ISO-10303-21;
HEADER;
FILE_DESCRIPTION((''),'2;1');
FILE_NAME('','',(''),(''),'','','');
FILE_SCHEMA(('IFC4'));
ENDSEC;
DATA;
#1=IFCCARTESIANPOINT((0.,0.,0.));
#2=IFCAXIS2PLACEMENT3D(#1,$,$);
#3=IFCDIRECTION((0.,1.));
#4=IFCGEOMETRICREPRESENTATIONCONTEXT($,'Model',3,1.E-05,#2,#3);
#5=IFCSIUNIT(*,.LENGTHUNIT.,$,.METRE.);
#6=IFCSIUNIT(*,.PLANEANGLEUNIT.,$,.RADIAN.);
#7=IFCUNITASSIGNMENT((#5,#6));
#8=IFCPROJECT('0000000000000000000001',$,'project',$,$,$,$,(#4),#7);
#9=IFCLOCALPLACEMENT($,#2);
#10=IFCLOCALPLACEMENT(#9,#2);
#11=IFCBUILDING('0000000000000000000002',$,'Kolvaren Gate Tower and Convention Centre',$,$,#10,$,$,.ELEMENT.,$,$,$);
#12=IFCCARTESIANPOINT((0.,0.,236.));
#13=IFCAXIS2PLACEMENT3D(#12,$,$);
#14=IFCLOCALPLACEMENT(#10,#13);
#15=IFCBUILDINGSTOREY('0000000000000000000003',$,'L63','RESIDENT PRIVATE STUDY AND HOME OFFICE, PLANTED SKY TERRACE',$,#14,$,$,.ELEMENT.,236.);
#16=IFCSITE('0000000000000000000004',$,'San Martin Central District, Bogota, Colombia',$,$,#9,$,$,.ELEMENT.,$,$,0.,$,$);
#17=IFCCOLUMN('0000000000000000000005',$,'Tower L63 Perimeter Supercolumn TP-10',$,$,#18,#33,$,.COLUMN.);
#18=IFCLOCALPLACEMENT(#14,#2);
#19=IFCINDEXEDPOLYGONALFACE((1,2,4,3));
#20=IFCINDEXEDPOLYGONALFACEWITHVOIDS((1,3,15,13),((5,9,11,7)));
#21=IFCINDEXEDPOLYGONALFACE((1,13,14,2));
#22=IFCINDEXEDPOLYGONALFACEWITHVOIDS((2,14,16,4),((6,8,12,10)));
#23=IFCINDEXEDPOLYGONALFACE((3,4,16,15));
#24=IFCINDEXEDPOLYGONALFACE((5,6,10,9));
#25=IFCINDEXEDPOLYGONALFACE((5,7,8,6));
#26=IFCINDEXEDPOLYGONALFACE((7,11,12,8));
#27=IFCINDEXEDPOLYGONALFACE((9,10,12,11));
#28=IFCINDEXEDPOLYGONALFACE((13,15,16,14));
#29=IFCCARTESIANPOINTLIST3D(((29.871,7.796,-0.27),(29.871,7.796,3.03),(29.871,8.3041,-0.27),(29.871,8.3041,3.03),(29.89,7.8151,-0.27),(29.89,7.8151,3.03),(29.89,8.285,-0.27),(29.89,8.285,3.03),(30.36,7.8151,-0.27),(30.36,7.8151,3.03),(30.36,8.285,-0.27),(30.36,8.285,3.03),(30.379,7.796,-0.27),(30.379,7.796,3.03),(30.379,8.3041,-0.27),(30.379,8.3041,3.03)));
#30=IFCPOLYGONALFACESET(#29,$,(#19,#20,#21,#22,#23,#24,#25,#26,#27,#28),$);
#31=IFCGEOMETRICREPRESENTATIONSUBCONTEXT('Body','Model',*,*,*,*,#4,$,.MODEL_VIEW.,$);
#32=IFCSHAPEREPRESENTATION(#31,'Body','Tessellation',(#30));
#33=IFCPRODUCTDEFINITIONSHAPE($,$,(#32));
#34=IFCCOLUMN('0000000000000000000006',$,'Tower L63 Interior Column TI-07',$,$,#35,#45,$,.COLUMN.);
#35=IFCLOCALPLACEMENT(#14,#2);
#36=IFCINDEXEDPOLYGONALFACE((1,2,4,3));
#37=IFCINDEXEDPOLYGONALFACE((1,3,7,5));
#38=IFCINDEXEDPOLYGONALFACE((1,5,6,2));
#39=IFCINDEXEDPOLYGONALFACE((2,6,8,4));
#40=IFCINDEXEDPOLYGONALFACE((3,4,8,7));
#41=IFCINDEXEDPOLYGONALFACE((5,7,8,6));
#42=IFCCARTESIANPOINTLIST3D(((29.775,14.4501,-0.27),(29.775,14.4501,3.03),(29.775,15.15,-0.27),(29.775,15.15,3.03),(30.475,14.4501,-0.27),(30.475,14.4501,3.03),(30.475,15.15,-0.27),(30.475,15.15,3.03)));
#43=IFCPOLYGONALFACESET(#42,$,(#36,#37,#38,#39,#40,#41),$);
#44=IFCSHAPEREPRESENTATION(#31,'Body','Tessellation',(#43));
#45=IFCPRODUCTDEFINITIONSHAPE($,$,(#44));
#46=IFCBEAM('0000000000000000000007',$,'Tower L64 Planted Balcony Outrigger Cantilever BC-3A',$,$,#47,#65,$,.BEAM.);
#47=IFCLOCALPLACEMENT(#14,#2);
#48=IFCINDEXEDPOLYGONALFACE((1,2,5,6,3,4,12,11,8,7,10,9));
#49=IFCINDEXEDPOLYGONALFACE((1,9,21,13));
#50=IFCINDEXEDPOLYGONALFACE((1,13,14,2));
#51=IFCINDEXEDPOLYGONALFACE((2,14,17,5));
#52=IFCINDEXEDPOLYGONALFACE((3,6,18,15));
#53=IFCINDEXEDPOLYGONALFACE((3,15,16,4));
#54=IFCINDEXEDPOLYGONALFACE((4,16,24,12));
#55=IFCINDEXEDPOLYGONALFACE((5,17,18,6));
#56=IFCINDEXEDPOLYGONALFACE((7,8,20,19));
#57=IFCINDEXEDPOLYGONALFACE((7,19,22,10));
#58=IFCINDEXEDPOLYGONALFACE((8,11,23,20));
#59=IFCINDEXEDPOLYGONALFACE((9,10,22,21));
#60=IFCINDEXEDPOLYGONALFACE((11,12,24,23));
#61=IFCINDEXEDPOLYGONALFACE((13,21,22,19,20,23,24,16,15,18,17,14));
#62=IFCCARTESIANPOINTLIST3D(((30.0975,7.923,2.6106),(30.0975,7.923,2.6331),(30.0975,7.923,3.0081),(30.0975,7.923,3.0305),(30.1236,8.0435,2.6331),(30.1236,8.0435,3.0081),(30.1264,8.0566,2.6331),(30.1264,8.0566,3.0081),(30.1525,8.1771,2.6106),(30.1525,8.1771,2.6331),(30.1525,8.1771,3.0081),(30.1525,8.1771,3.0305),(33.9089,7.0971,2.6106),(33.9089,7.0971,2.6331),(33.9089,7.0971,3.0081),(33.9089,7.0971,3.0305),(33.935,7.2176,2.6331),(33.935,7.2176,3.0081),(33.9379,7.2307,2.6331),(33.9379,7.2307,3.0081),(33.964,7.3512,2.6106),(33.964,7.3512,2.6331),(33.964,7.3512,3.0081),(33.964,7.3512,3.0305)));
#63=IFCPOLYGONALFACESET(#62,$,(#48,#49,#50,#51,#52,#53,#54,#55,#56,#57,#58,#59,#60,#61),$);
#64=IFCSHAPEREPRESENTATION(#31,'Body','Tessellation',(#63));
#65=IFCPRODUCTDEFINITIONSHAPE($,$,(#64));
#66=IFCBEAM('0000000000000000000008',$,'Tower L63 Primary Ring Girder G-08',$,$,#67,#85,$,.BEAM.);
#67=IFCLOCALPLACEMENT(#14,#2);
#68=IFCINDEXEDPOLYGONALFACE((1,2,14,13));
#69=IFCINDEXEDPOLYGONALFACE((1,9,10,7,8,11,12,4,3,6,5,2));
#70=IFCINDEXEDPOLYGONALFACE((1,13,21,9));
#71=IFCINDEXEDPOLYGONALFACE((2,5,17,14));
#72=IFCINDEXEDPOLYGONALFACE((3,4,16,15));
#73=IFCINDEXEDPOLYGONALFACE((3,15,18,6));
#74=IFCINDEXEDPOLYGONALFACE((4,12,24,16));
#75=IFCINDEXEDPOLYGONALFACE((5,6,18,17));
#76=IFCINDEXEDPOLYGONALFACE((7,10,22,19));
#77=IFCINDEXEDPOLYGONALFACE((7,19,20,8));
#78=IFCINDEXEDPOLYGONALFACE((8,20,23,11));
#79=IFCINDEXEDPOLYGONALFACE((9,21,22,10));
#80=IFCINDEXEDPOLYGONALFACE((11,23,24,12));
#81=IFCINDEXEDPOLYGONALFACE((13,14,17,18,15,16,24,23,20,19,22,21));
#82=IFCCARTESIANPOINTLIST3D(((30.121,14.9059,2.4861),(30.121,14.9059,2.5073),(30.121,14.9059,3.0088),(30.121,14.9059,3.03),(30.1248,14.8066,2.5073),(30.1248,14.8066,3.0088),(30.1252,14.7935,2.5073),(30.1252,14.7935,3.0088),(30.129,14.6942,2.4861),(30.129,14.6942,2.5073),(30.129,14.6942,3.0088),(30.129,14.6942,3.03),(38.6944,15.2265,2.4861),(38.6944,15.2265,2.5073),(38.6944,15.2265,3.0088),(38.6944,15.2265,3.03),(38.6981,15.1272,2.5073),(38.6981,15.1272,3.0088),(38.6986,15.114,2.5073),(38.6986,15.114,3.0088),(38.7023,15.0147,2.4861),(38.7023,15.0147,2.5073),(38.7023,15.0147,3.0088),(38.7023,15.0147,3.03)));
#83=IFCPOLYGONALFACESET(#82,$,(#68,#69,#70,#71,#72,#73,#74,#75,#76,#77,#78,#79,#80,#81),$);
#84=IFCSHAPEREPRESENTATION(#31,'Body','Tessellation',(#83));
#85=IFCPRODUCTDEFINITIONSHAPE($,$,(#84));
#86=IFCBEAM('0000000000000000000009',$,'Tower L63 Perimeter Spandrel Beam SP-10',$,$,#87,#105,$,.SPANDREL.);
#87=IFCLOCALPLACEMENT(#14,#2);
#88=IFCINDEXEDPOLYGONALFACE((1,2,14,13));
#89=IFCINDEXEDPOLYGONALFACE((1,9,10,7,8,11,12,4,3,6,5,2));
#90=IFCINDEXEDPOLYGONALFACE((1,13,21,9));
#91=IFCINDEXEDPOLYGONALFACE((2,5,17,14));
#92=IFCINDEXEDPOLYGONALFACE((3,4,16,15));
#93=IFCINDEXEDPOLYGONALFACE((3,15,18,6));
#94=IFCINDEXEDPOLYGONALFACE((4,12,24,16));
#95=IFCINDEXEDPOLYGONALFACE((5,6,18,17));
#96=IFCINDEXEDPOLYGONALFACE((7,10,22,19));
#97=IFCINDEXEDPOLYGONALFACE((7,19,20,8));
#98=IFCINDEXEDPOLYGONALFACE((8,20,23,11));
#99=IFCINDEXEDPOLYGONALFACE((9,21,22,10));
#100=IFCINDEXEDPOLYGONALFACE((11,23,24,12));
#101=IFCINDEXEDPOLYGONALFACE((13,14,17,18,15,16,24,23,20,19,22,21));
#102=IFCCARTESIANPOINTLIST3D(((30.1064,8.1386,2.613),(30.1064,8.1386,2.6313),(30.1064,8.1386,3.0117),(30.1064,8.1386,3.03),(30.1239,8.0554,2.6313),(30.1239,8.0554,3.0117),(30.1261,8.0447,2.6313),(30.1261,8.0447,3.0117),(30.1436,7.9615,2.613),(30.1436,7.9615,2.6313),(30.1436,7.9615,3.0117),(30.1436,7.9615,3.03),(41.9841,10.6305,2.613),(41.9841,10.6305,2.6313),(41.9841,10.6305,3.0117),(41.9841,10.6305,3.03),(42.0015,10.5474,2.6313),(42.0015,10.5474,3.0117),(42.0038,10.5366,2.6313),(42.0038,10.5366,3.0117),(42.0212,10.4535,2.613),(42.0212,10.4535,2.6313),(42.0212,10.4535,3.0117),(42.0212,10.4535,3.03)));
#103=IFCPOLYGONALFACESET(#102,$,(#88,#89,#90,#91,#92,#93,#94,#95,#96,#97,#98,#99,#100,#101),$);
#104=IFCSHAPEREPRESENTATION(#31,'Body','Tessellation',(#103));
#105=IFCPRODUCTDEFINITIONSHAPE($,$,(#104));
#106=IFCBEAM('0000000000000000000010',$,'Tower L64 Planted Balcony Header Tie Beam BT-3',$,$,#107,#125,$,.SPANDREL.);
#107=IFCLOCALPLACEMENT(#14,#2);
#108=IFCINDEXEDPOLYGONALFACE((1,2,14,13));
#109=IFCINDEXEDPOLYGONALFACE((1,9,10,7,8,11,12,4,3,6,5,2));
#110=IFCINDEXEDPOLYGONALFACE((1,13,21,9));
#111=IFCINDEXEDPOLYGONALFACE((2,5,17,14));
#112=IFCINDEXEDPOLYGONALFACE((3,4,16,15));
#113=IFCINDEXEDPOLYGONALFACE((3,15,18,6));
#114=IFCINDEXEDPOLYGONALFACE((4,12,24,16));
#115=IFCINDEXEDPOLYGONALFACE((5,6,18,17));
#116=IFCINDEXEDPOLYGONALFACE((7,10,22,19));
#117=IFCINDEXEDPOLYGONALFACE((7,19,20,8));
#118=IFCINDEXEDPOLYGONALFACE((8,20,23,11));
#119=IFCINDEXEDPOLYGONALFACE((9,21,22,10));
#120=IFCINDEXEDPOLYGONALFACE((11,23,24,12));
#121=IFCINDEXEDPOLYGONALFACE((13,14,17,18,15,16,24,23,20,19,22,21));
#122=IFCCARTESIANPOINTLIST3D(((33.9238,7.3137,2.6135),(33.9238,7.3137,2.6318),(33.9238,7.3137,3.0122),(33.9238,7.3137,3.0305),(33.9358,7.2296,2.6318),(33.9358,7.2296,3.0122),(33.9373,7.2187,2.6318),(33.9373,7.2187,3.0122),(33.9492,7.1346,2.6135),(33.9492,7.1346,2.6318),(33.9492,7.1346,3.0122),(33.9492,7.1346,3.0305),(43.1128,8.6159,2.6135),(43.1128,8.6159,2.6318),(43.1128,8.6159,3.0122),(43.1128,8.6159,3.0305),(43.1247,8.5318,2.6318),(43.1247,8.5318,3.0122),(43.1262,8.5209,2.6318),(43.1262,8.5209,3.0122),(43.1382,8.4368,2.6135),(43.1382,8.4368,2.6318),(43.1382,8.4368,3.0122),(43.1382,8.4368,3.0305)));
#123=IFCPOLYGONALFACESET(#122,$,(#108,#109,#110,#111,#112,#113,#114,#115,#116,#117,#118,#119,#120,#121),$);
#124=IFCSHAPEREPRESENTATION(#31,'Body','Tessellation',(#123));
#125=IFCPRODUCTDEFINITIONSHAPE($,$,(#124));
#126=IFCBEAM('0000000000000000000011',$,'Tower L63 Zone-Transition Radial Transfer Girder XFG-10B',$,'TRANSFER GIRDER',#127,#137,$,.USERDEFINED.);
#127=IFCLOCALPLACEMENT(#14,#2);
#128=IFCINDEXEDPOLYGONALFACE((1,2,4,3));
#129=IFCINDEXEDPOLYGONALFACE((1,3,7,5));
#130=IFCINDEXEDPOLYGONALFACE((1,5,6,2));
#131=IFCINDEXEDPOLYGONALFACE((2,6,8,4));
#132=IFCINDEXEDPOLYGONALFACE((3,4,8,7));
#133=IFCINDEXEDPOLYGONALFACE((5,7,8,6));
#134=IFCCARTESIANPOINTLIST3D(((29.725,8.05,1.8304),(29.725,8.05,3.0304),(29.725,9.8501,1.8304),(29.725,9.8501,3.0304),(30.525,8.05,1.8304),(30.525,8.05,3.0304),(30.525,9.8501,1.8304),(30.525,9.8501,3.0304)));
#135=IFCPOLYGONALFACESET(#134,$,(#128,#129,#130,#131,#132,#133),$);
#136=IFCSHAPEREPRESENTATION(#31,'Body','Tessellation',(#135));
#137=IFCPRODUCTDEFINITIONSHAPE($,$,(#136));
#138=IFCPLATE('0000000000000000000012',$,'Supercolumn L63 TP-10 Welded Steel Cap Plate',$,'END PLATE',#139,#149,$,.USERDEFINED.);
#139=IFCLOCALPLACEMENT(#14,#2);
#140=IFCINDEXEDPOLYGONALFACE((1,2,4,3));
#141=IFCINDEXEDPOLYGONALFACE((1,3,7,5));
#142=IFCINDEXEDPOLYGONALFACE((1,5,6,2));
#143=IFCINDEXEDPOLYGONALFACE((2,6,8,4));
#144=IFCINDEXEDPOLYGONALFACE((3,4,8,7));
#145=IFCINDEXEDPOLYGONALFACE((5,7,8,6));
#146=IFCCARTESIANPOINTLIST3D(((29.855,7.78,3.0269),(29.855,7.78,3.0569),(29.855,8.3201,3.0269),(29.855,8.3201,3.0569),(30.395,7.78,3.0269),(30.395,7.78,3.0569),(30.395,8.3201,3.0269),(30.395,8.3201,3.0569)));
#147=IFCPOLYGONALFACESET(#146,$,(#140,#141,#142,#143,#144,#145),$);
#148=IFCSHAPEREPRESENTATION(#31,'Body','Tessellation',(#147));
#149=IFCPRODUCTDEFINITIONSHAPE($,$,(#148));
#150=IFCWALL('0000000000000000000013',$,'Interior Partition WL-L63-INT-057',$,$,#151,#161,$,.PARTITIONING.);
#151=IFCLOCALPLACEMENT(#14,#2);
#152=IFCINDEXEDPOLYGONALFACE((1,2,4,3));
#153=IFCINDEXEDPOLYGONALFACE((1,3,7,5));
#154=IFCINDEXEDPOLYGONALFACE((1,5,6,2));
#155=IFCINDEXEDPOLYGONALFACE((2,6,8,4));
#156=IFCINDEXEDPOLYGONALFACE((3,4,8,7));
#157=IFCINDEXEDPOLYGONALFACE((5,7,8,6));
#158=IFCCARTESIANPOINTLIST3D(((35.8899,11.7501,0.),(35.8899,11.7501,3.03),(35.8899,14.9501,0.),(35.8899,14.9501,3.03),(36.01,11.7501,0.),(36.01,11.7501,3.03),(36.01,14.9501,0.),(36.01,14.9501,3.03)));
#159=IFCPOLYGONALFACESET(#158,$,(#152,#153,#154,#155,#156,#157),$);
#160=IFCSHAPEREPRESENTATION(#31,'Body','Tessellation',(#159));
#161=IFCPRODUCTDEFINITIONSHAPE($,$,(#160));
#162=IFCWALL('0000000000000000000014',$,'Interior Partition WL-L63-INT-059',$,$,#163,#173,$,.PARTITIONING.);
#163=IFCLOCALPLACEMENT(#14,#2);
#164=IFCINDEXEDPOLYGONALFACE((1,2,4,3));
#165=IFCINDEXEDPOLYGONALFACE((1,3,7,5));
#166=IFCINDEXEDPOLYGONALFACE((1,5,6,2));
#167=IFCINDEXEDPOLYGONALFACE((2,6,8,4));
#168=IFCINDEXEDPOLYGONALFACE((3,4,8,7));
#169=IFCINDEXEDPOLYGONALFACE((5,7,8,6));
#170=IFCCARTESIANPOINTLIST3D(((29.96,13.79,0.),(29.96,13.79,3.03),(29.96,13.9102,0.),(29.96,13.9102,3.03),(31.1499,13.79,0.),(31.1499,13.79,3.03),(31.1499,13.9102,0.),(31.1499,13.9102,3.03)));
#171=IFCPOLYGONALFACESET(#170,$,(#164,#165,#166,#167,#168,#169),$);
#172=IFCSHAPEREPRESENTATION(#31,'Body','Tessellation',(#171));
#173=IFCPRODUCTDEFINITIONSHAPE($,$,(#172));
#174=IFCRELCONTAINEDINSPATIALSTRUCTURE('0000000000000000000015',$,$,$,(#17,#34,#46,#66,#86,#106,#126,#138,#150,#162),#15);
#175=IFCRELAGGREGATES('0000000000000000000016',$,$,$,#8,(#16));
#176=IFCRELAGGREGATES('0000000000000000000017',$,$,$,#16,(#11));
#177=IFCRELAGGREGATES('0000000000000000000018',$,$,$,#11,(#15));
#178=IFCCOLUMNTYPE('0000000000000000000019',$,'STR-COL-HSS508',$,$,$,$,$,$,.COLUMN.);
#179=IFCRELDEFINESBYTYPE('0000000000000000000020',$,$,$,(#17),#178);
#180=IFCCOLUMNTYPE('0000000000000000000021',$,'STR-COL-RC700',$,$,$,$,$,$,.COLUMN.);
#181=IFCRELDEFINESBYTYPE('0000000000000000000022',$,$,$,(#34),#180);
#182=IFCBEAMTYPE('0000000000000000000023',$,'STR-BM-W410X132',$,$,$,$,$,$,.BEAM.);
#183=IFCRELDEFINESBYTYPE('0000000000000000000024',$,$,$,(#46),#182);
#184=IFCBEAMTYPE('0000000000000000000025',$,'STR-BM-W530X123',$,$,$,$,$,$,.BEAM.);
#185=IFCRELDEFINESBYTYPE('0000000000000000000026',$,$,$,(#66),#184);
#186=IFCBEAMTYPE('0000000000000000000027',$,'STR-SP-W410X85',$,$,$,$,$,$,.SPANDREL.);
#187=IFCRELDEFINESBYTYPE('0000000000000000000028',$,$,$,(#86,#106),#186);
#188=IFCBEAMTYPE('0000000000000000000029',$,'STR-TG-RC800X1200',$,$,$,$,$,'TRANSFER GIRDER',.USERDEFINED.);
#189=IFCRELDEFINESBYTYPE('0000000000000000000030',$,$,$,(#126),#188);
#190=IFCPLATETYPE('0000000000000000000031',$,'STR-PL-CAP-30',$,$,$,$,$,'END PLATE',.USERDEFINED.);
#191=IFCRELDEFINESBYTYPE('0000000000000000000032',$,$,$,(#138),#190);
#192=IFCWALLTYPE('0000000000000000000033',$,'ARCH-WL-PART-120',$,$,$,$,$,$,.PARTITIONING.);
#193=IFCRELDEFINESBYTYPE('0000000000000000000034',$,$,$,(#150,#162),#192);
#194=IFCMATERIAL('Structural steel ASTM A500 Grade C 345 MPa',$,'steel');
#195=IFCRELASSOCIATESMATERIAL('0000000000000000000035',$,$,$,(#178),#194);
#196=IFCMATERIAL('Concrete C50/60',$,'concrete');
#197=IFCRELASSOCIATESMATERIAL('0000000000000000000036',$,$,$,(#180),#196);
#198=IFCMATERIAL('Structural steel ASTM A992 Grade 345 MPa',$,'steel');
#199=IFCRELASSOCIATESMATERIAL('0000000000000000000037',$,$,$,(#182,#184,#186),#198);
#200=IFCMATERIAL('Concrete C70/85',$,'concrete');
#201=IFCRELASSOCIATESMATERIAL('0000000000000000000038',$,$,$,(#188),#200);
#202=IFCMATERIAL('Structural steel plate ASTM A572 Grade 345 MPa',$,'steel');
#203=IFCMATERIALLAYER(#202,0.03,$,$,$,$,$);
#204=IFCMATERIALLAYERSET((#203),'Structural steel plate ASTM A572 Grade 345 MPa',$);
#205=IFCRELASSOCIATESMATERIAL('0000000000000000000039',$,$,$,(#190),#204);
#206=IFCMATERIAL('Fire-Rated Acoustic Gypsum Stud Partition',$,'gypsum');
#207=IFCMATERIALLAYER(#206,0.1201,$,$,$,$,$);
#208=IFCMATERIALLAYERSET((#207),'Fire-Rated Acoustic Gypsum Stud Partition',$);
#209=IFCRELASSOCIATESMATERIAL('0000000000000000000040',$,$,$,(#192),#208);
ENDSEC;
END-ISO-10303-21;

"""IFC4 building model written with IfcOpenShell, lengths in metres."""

from ifc_helpers import new_model, si_unit, direction, frame, frame_2d, origin, origin_2d, place, context, subcontext, project, spatial, rectangle, hollow_rectangle, i_section, extrude, material, layer, layer_set, material_profile, profile_set, type_object, element, save


model = new_model("IFC4")

# Units and contexts
model_context = context("Model", 3, precision=1e-05, world=origin(), true_north=direction((0.0, 1.0)))
body_context = subcontext(model_context, "Body", "Model", "MODEL_VIEW")
ifc_project = project(units=[si_unit("LENGTHUNIT", "METRE"), si_unit("PLANEANGLEUNIT", "RADIAN")], contexts=[model_context])

# Site, building, storey
site_placement = place(None, origin())
site = spatial("IfcSite", under=ifc_project, at=site_placement, Name="San Martin Central District, Bogota, Colombia", CompositionType="ELEMENT", RefElevation=0.0)
building_placement = place(site_placement, origin())
building = spatial("IfcBuilding", under=site, at=building_placement, Name="Kolvaren Gate Tower and Convention Centre", CompositionType="ELEMENT")
storey_placement = place(building_placement, frame((0.0, 0.0, 236.0)))
storey = spatial("IfcBuildingStorey", under=building, at=storey_placement, Name="L63", Description="RESIDENT PRIVATE STUDY AND HOME OFFICE, PLANTED SKY TERRACE", CompositionType="ELEMENT", Elevation=236.0)

# Columns
ifc_material_1 = material(Name="Structural steel ASTM A500 Grade C 345 MPa", Category="steel")
ifc_material_profile_1 = material_profile(ifc_material_1, hollow_rectangle(XDim=0.5081, YDim=0.5081, WallThickness=0.019, at=origin_2d()), Name="HSS508X508X19.1")
ifc_profile_set_1 = profile_set([ifc_material_profile_1], Name="Structural steel ASTM A500 Grade C 345 MPa")
column_type_1 = type_object("IfcColumnType", Name="STR-COL-HSS508", PredefinedType="COLUMN", material=ifc_profile_set_1)
column_1_placement = place(storey_placement, frame((30.125, 8.05, -0.27), z_axis=(0.0, 0.0, 1.0), x_axis=(1.0, 0.0, 0.0)))
element("IfcColumn", 1, at=column_1_placement, inside=storey, type_object=column_type_1, Name="Tower L63 Perimeter Supercolumn TP-10", PredefinedType="COLUMN", context=body_context, shape_type="SweptSolid", body=[
    extrude(hollow_rectangle(XDim=0.5081, YDim=0.5081, WallThickness=0.019, at=origin_2d()), origin(), (0.0, 0.0, 1.0), 3.3),
])
ifc_material_2 = material(Name="Concrete C50/60", Category="concrete")
ifc_material_profile_2 = material_profile(ifc_material_2, rectangle(XDim=0.7, YDim=0.7, at=origin_2d()), Name="RC-COL-700X700")
ifc_profile_set_2 = profile_set([ifc_material_profile_2], Name="Concrete C50/60")
column_type_2 = type_object("IfcColumnType", Name="STR-COL-RC700", PredefinedType="COLUMN", material=ifc_profile_set_2)
column_2_placement = place(storey_placement, frame((30.125, 14.8, -0.27), z_axis=(0.0, 0.0, 1.0), x_axis=(1.0, 0.0, 0.0)))
element("IfcColumn", 2, at=column_2_placement, inside=storey, type_object=column_type_2, Name="Tower L63 Interior Column TI-07", PredefinedType="COLUMN", context=body_context, shape_type="SweptSolid", body=[
    extrude(rectangle(XDim=0.7, YDim=0.7, at=origin_2d()), origin(), (0.0, 0.0, 1.0), 3.3),
])

# Beams
ifc_material_3 = material(Name="Structural steel ASTM A992 Grade 345 MPa", Category="steel")
ifc_material_profile_3 = material_profile(ifc_material_3, i_section(OverallWidth=0.26, OverallDepth=0.4199, WebThickness=0.0134, FlangeThickness=0.0225, at=origin_2d()), Name="W410X132")
ifc_profile_set_3 = profile_set([ifc_material_profile_3], Name="Structural steel ASTM A992 Grade 345 MPa")
beam_type_1 = type_object("IfcBeamType", Name="STR-BM-W410X132", PredefinedType="BEAM", material=ifc_profile_set_3)
beam_1_placement = place(storey_placement, frame((30.125, 8.05, 2.8206), z_axis=(0.977318, -0.211777, 0.0), x_axis=(0.211777, 0.977318, 0.0)))
element("IfcBeam", 3, at=beam_1_placement, inside=storey, type_object=beam_type_1, Name="Tower L64 Planted Balcony Outrigger Cantilever BC-3A", PredefinedType="BEAM", context=body_context, shape_type="SweptSolid", body=[
    extrude(i_section(OverallWidth=0.26, OverallDepth=0.4199, WebThickness=0.0134, FlangeThickness=0.0225, at=origin_2d()), origin(), (0.0, 0.0, 1.0), 3.8999),
])
ifc_material_profile_4 = material_profile(ifc_material_3, i_section(OverallWidth=0.2119, OverallDepth=0.5439, WebThickness=0.0132, FlangeThickness=0.0212, at=origin_2d()), Name="W530X123")
ifc_profile_set_4 = profile_set([ifc_material_profile_4], Name="Structural steel ASTM A992 Grade 345 MPa")
beam_type_2 = type_object("IfcBeamType", Name="STR-BM-W530X123", PredefinedType="BEAM", material=ifc_profile_set_4)
beam_2_placement = place(storey_placement, frame((30.125, 14.8, 2.7581), z_axis=(0.999302, 0.037364, 0.0), x_axis=(-0.037364, 0.999302, 0.0)))
element("IfcBeam", 4, at=beam_2_placement, inside=storey, type_object=beam_type_2, Name="Tower L63 Primary Ring Girder G-08", PredefinedType="BEAM", context=body_context, shape_type="SweptSolid", body=[
    extrude(i_section(OverallWidth=0.2119, OverallDepth=0.5439, WebThickness=0.0132, FlangeThickness=0.0212, at=origin_2d()), origin(), (0.0, 0.0, 1.0), 8.5793),
])
ifc_material_profile_5 = material_profile(ifc_material_3, i_section(OverallWidth=0.1809, OverallDepth=0.417, WebThickness=0.011, FlangeThickness=0.0183, at=origin_2d()), Name="W410X85")
ifc_profile_set_5 = profile_set([ifc_material_profile_5], Name="Structural steel ASTM A992 Grade 345 MPa")
beam_type_3 = type_object("IfcBeamType", Name="STR-SP-W410X85", PredefinedType="SPANDREL", material=ifc_profile_set_5)
beam_3_placement = place(storey_placement, frame((30.125, 8.05, 2.8215), z_axis=(0.978693, 0.20533, 0.0), x_axis=(-0.20533, 0.978693, 0.0)))
element("IfcBeam", 5, at=beam_3_placement, inside=storey, type_object=beam_type_3, Name="Tower L63 Perimeter Spandrel Beam SP-10", PredefinedType="SPANDREL", context=body_context, shape_type="SweptSolid", body=[
    extrude(i_section(OverallWidth=0.1809, OverallDepth=0.417, WebThickness=0.011, FlangeThickness=0.0183, at=origin_2d()), origin(), (0.0, 0.0, 1.0), 12.1362),
])
beam_4_placement = place(storey_placement, frame((33.9365, 7.2241, 2.822), z_axis=(0.990107, 0.140316, 0.0), x_axis=(-0.140316, 0.990107, 0.0)))
element("IfcBeam", 6, at=beam_4_placement, inside=storey, type_object=beam_type_3, Name="Tower L64 Planted Balcony Header Tie Beam BT-3", PredefinedType="SPANDREL", context=body_context, shape_type="SweptSolid", body=[
    extrude(i_section(OverallWidth=0.1809, OverallDepth=0.417, WebThickness=0.011, FlangeThickness=0.0183, at=origin_2d()), origin(), (0.0, 0.0, 1.0), 9.2808),
])
ifc_material_4 = material(Name="Concrete C70/85", Category="concrete")
ifc_material_profile_6 = material_profile(ifc_material_4, rectangle(XDim=0.8, YDim=1.2, at=origin_2d()), Name="RC-BM-800X1200")
ifc_profile_set_6 = profile_set([ifc_material_profile_6], Name="Concrete C70/85")
beam_type_4 = type_object("IfcBeamType", Name="STR-TG-RC800X1200", ElementType="TRANSFER GIRDER", PredefinedType="USERDEFINED", material=ifc_profile_set_6)
beam_5_placement = place(storey_placement, frame((30.125, 9.8501, 2.4304), z_axis=(0.0, -1.0, 0.0), x_axis=(1.0, 0.0, 0.0)))
element("IfcBeam", 7, at=beam_5_placement, inside=storey, type_object=beam_type_4, Name="Tower L63 Zone-Transition Radial Transfer Girder XFG-10B", ObjectType="TRANSFER GIRDER", PredefinedType="USERDEFINED", context=body_context, shape_type="SweptSolid", body=[
    extrude(rectangle(XDim=0.8, YDim=1.2, at=origin_2d()), origin(), (0.0, 0.0, 1.0), 1.8),
])

# Plate
ifc_material_5 = material(Name="Structural steel plate ASTM A572 Grade 345 MPa", Category="steel")
ifc_layer_1 = layer(ifc_material_5, 0.03)
ifc_layer_set_1 = layer_set([ifc_layer_1], Name="Structural steel plate ASTM A572 Grade 345 MPa")
plate_type = type_object("IfcPlateType", Name="STR-PL-CAP-30", ElementType="END PLATE", PredefinedType="USERDEFINED", material=ifc_layer_set_1)
plate_placement = place(storey_placement, frame((30.125, 8.05, 3.0269), z_axis=(0.0, 0.0, 1.0), x_axis=(1.0, 0.0, 0.0)))
element("IfcPlate", 8, at=plate_placement, inside=storey, type_object=plate_type, Name="Supercolumn L63 TP-10 Welded Steel Cap Plate", ObjectType="END PLATE", PredefinedType="USERDEFINED", context=body_context, shape_type="SweptSolid", body=[
    extrude(rectangle(XDim=0.54, YDim=0.54, at=origin_2d()), origin(), (0.0, 0.0, 1.0), 0.03),
])

# Walls
ifc_material_6 = material(Name="Fire-Rated Acoustic Gypsum Stud Partition", Category="gypsum")
ifc_layer_2 = layer(ifc_material_6, 0.1201)
ifc_layer_set_2 = layer_set([ifc_layer_2], Name="Fire-Rated Acoustic Gypsum Stud Partition")
wall_type_1 = type_object("IfcWallType", Name="ARCH-WL-PART-120", PredefinedType="PARTITIONING", material=ifc_layer_set_2)
wall_1_placement = place(storey_placement, frame((35.95, 11.75, 0.0), z_axis=(0.0, 0.0, 1.0), x_axis=(0.0, 1.0, 0.0)))
element("IfcWall", 9, at=wall_1_placement, inside=storey, type_object=wall_type_1, Name="Interior Partition WL-L63-INT-057", PredefinedType="PARTITIONING", context=body_context, shape_type="SweptSolid", body=[
    extrude(rectangle(XDim=3.2, YDim=0.1201, at=frame_2d((1.6001, 0.0))), origin(), (0.0, 0.0, 1.0), 3.03),
])
wall_2_placement = place(storey_placement, frame((29.96, 13.8501, 0.0), z_axis=(0.0, 0.0, 1.0), x_axis=(1.0, 0.0, 0.0)))
element("IfcWall", 10, at=wall_2_placement, inside=storey, type_object=wall_type_1, Name="Interior Partition WL-L63-INT-059", PredefinedType="PARTITIONING", context=body_context, shape_type="SweptSolid", body=[
    extrude(rectangle(XDim=1.1899, YDim=0.1201, at=frame_2d((0.595, 0.0))), origin(), (0.0, 0.0, 1.0), 3.03),
])

save(model, "model.ifc")
